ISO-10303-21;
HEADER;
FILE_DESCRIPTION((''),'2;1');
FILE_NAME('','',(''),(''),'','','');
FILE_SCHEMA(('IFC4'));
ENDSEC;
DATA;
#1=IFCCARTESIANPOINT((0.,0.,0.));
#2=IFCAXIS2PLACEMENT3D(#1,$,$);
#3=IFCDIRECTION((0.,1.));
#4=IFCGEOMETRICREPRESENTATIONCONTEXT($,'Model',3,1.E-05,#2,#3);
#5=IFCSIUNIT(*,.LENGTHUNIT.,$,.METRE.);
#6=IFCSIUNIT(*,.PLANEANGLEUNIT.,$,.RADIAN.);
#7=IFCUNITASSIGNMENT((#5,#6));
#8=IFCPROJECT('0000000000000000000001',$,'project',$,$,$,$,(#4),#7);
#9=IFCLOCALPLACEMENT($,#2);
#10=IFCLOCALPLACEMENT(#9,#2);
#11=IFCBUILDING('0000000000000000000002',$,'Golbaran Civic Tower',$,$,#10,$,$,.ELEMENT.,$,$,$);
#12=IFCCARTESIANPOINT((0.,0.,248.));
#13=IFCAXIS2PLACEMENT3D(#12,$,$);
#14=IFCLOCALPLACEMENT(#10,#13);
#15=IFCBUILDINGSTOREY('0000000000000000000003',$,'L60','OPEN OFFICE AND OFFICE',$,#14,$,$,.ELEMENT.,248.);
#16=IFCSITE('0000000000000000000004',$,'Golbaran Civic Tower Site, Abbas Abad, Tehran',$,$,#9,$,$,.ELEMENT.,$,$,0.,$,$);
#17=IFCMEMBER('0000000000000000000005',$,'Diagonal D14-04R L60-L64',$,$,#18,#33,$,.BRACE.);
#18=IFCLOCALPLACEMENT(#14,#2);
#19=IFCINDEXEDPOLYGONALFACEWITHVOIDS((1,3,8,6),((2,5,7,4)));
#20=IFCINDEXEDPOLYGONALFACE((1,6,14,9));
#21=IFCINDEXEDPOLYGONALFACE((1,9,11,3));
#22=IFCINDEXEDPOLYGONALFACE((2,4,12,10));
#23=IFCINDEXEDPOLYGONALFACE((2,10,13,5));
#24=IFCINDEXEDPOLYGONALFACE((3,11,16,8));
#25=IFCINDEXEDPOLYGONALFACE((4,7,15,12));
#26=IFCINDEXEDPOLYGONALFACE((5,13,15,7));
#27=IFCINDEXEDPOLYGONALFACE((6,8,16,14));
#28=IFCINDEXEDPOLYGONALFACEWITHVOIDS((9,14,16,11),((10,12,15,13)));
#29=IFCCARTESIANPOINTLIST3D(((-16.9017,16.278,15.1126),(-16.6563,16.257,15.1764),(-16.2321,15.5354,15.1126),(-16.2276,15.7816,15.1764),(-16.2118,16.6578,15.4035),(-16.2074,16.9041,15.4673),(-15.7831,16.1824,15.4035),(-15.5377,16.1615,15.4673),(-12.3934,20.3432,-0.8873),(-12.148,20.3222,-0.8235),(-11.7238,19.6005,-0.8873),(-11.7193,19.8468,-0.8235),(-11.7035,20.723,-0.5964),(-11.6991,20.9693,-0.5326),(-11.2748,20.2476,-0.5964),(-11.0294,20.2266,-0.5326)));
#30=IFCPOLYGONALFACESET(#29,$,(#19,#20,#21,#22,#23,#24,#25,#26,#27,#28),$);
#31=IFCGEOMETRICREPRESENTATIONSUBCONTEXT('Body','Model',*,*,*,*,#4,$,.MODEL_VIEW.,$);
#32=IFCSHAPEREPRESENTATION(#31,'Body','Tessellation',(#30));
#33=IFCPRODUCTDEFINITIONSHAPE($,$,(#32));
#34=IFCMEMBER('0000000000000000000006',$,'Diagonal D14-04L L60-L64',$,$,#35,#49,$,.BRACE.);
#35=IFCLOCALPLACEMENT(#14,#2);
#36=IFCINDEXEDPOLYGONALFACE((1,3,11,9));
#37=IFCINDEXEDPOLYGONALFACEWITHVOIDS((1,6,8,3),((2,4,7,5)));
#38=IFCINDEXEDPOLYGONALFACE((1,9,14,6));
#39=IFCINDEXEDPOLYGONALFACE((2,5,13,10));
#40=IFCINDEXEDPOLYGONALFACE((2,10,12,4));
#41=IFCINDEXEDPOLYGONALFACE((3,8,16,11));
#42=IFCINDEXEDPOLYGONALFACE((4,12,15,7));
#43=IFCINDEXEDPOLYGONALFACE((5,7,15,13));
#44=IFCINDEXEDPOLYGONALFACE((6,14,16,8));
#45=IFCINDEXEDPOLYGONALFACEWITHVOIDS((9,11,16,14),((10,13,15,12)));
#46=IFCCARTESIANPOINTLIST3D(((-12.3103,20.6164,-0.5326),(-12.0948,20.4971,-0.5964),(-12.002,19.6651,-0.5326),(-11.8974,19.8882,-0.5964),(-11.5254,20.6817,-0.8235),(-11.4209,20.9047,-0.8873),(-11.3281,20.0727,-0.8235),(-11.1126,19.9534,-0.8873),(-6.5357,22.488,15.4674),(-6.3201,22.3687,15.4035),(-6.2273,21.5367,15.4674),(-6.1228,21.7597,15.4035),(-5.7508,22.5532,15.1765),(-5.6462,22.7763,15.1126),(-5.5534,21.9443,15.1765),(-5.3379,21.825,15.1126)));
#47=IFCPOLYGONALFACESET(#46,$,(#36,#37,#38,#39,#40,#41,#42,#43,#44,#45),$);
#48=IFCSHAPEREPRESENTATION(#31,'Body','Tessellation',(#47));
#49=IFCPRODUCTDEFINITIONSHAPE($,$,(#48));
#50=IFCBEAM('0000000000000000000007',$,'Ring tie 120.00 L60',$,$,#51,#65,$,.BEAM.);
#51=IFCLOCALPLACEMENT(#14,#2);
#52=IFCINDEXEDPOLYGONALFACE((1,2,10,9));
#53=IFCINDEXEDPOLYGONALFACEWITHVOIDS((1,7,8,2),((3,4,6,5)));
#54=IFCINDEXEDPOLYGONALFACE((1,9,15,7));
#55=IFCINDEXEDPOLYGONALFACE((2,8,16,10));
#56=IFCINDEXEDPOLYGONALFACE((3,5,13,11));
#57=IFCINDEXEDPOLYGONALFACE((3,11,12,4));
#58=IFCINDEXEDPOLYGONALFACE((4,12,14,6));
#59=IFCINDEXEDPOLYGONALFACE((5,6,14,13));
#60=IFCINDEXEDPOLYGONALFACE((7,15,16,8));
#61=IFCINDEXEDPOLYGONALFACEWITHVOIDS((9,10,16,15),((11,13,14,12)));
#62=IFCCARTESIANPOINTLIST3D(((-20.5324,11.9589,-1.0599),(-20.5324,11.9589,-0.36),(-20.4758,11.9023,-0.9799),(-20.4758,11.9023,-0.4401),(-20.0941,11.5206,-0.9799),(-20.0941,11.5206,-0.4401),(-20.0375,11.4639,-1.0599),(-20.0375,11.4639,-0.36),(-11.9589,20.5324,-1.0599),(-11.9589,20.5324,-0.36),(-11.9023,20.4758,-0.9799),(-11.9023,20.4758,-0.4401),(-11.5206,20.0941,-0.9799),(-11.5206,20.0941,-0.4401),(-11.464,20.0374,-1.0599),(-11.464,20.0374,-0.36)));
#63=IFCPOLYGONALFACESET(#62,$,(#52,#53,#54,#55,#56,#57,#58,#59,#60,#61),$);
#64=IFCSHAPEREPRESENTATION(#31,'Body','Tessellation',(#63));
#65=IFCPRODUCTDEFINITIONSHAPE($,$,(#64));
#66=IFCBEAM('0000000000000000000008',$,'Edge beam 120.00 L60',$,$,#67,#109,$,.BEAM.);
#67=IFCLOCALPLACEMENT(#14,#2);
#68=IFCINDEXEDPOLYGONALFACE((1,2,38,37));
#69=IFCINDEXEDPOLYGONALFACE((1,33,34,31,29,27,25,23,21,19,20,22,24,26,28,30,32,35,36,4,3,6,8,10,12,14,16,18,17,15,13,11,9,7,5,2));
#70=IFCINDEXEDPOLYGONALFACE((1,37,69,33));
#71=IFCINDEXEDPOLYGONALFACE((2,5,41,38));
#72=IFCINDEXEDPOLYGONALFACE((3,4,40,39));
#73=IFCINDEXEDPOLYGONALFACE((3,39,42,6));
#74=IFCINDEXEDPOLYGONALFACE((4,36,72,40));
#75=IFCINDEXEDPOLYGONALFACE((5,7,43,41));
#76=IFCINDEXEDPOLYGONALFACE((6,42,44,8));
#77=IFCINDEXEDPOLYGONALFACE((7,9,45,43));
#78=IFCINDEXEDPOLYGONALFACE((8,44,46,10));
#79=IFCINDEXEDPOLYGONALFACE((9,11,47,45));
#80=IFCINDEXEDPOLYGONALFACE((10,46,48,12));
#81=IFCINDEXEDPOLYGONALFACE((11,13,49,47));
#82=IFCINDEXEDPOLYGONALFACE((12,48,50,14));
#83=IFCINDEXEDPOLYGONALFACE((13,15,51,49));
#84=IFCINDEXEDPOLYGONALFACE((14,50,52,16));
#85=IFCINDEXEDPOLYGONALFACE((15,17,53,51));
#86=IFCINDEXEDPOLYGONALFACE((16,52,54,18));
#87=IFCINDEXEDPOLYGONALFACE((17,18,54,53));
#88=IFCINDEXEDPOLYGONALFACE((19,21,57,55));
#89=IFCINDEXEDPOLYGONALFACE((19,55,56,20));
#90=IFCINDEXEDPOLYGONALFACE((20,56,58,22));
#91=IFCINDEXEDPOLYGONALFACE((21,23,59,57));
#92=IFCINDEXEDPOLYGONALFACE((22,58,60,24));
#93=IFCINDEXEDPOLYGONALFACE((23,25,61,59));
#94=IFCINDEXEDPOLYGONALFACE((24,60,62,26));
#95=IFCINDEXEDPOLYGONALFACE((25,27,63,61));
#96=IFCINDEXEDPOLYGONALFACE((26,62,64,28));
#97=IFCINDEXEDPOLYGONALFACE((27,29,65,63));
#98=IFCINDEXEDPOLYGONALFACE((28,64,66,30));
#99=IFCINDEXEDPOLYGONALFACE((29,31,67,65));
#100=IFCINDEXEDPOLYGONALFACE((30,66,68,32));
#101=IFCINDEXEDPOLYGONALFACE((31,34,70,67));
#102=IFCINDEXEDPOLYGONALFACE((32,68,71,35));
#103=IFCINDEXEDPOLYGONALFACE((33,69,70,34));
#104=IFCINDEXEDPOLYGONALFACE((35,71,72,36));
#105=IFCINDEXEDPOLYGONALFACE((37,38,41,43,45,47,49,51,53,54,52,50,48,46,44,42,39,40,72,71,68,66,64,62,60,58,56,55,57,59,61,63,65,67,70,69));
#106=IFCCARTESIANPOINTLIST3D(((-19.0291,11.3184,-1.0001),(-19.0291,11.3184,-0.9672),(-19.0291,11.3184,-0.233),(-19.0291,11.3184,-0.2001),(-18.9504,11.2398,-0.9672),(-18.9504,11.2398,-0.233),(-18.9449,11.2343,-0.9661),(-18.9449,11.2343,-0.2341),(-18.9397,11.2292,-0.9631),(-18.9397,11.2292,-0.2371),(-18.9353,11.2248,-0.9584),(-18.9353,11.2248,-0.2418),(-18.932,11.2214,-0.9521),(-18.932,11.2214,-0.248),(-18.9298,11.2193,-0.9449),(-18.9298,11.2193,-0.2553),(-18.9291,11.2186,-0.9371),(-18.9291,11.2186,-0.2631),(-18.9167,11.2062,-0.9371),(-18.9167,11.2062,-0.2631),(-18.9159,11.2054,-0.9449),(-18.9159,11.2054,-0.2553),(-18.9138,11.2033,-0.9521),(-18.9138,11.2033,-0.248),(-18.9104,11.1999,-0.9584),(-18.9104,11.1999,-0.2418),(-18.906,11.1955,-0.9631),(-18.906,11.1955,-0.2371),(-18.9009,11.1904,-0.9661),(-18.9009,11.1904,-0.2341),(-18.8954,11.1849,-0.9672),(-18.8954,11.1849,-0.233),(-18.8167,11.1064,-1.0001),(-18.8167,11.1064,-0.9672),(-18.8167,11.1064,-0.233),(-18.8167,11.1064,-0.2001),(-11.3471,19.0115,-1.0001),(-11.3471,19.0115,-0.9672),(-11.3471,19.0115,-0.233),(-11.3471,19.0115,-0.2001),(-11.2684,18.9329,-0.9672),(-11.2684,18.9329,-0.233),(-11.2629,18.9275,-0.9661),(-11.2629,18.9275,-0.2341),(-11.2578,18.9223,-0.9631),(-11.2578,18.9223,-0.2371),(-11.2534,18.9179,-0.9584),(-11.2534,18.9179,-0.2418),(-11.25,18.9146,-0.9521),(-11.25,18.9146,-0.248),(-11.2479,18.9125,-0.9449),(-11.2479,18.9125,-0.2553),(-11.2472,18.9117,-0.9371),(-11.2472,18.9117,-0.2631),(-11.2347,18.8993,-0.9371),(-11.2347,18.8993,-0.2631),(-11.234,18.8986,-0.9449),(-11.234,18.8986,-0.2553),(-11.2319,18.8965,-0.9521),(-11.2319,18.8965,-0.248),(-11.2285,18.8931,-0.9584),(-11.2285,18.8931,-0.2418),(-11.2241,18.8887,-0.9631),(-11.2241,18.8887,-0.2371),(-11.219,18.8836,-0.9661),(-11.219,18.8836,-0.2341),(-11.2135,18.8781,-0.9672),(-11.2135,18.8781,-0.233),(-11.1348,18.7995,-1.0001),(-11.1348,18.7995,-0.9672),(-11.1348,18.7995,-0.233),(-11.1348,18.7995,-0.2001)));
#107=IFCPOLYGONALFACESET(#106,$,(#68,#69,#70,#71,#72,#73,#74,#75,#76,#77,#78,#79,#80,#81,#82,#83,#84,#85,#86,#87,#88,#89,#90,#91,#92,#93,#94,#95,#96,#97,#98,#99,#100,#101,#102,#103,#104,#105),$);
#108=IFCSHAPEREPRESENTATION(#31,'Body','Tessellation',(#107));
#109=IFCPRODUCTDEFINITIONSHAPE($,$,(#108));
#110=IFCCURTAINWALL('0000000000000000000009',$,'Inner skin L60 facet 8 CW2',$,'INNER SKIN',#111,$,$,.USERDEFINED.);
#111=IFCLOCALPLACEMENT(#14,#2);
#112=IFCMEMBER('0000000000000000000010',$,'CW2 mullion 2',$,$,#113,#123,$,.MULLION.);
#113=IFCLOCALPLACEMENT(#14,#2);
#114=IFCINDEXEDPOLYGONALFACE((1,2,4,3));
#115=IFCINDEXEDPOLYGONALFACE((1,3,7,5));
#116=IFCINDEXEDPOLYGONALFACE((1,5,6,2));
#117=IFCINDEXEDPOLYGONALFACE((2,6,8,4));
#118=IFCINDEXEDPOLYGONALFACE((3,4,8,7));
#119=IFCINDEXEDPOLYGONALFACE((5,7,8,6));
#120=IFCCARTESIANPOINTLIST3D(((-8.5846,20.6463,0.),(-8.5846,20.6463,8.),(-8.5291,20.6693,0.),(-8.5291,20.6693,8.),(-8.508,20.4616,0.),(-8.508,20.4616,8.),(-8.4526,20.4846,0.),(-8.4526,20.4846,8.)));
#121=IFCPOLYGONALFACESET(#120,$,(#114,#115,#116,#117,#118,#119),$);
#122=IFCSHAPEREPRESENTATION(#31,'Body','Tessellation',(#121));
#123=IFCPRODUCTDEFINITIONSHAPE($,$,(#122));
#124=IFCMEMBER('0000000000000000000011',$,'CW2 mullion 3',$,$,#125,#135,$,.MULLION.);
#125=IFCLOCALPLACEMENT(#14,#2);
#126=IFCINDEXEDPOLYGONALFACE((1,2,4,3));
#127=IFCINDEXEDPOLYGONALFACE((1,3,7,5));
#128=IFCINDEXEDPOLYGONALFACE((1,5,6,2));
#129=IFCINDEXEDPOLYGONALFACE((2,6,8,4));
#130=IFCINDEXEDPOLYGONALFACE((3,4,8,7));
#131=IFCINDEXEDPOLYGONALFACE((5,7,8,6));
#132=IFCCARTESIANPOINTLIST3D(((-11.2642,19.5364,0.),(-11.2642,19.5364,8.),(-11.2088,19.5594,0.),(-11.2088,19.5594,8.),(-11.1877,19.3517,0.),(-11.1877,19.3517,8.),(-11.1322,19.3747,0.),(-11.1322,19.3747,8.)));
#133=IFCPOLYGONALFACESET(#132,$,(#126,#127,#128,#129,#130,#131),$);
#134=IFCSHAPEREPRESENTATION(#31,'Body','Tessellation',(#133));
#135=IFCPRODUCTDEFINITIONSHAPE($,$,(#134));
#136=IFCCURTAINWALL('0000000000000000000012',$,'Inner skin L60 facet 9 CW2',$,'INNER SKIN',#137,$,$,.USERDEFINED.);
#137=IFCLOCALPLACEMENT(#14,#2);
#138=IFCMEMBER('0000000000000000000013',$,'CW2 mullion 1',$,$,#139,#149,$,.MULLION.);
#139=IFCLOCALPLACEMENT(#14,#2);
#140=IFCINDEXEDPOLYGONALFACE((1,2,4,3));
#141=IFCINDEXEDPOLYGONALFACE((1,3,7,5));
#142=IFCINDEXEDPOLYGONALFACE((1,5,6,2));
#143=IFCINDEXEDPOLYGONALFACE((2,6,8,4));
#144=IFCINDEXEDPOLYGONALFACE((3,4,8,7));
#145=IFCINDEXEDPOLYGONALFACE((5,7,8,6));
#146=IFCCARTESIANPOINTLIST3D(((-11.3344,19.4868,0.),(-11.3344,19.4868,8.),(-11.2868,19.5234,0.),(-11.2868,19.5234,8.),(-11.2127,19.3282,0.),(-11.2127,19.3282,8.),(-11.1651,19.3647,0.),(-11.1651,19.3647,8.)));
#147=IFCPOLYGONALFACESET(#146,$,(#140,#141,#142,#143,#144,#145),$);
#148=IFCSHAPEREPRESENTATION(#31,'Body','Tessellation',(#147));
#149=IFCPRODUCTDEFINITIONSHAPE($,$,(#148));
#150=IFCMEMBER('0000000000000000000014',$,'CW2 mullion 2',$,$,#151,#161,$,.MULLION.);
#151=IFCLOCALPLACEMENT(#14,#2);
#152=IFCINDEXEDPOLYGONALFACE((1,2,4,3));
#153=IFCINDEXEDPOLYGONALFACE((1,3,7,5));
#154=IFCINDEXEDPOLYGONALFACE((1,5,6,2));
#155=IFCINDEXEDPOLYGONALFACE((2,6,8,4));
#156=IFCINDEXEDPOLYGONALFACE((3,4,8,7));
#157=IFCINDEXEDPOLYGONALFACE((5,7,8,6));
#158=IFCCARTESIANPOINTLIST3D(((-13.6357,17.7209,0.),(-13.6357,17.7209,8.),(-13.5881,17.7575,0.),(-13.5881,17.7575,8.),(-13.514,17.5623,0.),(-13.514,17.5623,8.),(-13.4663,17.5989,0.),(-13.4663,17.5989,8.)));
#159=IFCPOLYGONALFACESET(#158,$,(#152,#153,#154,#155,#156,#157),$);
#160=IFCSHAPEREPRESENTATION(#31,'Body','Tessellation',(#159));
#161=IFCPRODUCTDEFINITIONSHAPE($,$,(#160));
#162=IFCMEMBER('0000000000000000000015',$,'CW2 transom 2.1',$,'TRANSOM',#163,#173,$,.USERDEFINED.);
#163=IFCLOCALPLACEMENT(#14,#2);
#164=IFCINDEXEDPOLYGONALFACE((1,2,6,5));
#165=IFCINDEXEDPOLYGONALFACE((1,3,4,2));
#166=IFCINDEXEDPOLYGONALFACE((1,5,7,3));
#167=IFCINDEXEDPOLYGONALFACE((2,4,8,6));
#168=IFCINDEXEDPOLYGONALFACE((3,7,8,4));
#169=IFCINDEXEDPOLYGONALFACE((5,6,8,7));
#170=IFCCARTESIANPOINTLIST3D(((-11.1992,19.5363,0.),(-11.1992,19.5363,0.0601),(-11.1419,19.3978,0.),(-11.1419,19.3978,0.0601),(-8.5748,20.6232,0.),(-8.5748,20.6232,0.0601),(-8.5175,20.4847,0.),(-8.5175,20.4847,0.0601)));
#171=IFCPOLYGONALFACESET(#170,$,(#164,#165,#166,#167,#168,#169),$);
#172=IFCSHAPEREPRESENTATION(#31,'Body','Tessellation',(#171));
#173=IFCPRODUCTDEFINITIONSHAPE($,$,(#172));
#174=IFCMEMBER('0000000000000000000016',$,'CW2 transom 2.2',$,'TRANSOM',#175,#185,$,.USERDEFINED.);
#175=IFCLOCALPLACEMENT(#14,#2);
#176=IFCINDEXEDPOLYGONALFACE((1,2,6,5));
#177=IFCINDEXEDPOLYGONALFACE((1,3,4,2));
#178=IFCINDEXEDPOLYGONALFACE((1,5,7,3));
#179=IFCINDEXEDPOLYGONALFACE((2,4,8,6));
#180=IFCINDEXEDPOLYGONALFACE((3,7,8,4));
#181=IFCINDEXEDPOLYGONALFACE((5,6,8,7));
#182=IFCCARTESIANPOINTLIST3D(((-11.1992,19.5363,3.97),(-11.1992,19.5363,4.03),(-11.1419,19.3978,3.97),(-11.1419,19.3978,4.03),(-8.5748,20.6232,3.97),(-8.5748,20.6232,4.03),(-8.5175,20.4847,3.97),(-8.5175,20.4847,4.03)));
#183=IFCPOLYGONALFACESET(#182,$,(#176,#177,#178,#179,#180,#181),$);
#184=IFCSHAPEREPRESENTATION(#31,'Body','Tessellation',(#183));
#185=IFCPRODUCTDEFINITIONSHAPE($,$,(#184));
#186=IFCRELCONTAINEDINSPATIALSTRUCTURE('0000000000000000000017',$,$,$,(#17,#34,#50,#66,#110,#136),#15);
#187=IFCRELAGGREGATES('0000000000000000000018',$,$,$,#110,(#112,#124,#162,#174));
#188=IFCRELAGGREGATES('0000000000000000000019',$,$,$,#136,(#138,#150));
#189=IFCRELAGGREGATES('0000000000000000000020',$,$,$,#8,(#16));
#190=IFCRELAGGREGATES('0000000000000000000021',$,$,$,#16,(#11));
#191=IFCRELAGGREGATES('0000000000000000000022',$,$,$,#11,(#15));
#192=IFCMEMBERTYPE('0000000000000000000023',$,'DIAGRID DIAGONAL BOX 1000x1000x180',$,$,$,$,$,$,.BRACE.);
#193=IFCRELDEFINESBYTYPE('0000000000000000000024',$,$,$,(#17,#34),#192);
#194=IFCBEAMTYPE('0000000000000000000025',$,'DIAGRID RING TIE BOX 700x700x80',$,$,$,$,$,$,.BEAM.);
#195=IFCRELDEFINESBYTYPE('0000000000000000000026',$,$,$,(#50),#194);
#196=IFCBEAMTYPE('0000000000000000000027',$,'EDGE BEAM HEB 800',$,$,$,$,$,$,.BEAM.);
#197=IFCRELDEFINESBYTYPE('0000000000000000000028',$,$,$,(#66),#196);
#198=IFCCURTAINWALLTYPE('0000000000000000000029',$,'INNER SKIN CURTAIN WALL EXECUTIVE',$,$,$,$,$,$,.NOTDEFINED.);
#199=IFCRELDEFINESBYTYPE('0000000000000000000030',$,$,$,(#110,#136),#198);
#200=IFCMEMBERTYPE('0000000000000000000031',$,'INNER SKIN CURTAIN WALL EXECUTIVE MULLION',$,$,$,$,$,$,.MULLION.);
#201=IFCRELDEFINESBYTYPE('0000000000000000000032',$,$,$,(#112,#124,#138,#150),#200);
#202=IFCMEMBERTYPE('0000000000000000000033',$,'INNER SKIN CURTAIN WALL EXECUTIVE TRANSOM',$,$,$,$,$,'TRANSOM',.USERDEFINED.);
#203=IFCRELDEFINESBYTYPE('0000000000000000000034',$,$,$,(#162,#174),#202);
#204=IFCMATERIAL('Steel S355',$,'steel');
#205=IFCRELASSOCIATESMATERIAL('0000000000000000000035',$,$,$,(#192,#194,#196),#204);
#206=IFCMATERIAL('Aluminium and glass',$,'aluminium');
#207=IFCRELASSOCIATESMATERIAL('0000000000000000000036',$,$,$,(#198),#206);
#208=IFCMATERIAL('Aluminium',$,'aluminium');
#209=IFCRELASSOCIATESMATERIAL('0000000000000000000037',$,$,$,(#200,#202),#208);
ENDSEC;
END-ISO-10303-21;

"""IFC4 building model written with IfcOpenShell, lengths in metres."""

from ifc_helpers import new_model, si_unit, direction, frame, origin, origin_2d, place, context, subcontext, project, spatial, rectangle, hollow_rectangle, i_section, extrude, material, material_profile, profile_set, type_object, element, aggregate, save


model = new_model("IFC4")

# Units and contexts
model_context = context("Model", 3, precision=1e-05, world=origin(), true_north=direction((0.0, 1.0)))
body_context = subcontext(model_context, "Body", "Model", "MODEL_VIEW")
ifc_project = project(units=[si_unit("LENGTHUNIT", "METRE"), si_unit("PLANEANGLEUNIT", "RADIAN")], contexts=[model_context])

# Site, building, storey
site_placement = place(None, origin())
site = spatial("IfcSite", under=ifc_project, at=site_placement, Name="Golbaran Civic Tower Site, Abbas Abad, Tehran", CompositionType="ELEMENT", RefElevation=0.0)
building_placement = place(site_placement, origin())
building = spatial("IfcBuilding", under=site, at=building_placement, Name="Golbaran Civic Tower", CompositionType="ELEMENT")
storey_placement = place(building_placement, frame((0.0, 0.0, 248.0)))
storey = spatial("IfcBuildingStorey", under=building, at=storey_placement, Name="L60", Description="OPEN OFFICE AND OFFICE", CompositionType="ELEMENT", Elevation=248.0)

# Members
ifc_material_1 = material(Name="Steel S355", Category="steel")
ifc_material_profile_1 = material_profile(ifc_material_1, hollow_rectangle(XDim=1.0, YDim=1.0, WallThickness=0.1799, at=origin_2d()), Name="BOX 1000x1000x180")
ifc_profile_set_1 = profile_set([ifc_material_profile_1], Name="Steel S355")
member_type_1 = type_object("IfcMemberType", Name="DIAGRID DIAGONAL BOX 1000x1000x180", PredefinedType="BRACE", material=ifc_profile_set_1)
for number, where, z_axis, x_axis, name in (
    (1, (-11.7114, 20.2849, -0.71), (-0.263445, -0.237551, 0.934969), (0.669667, -0.742662, 0.0), "Diagonal D14-04R L60-L64"),
    (2, (-11.7114, 20.2849, -0.71), (0.337446, 0.109367, 0.93497), (-0.308314, 0.951285, 0.0), "Diagonal D14-04L L60-L64"),
):
    element("IfcMember", number, at=place(storey_placement, frame(where, z_axis=z_axis, x_axis=x_axis)), inside=storey, type_object=member_type_1, Name=name, PredefinedType="BRACE", context=body_context, shape_type="SweptSolid", body=[
        extrude(hollow_rectangle(XDim=1.0, YDim=1.0, WallThickness=0.1799, at=origin_2d()), origin(), (0.0, 0.0, 1.0), 17.1128),
    ])

# Beams
ifc_material_profile_2 = material_profile(ifc_material_1, hollow_rectangle(XDim=0.7, YDim=0.7, WallThickness=0.0801, at=origin_2d()), Name="BOX 700x700x80")
ifc_profile_set_2 = profile_set([ifc_material_profile_2], Name="Steel S355")
beam_type_1 = type_object("IfcBeamType", Name="DIAGRID RING TIE BOX 700x700x80", PredefinedType="BEAM", material=ifc_profile_set_2)
beam_1_placement = place(storey_placement, frame((-11.7114, 20.2849, -0.71), z_axis=(-0.707107, -0.707107, 0.0), x_axis=(0.707107, -0.707107, 0.0)))
element("IfcBeam", 3, at=beam_1_placement, inside=storey, type_object=beam_type_1, Name="Ring tie 120.00 L60", PredefinedType="BEAM", context=body_context, shape_type="SweptSolid", body=[
    extrude(hollow_rectangle(XDim=0.7, YDim=0.7, WallThickness=0.0801, at=origin_2d()), origin(), (0.0, 0.0, 1.0), 12.1248),
])
ifc_material_profile_3 = material_profile(ifc_material_1, i_section(OverallWidth=0.3, OverallDepth=0.8, WebThickness=0.0176, FlangeThickness=0.033, FilletRadius=0.03, at=origin_2d()), Name="HEB 800")
ifc_profile_set_3 = profile_set([ifc_material_profile_3], Name="Steel S355")
beam_type_2 = type_object("IfcBeamType", Name="EDGE BEAM HEB 800", PredefinedType="BEAM", material=ifc_profile_set_3)
beam_2_placement = place(storey_placement, frame((-11.241, 18.9055, -0.6001), z_axis=(-0.70659, -0.707623, 0.0), x_axis=(0.707623, -0.70659, 0.0)))
element("IfcBeam", 4, at=beam_2_placement, inside=storey, type_object=beam_type_2, Name="Edge beam 120.00 L60", PredefinedType="BEAM", context=body_context, shape_type="SweptSolid", body=[
    extrude(i_section(OverallWidth=0.3, OverallDepth=0.8, WebThickness=0.0176, FlangeThickness=0.033, FilletRadius=0.03, at=origin_2d()), origin(), (0.0, 0.0, 1.0), 10.8718),
])

# Curtain walls, members
ifc_material_2 = material(Name="Aluminium and glass", Category="aluminium")
curtain_wall_type = type_object("IfcCurtainWallType", Name="INNER SKIN CURTAIN WALL EXECUTIVE", PredefinedType="NOTDEFINED", material=ifc_material_2)
curtain_wall_1_placement = place(storey_placement, origin())
curtain_wall_1 = element("IfcCurtainWall", 5, at=curtain_wall_1_placement, inside=storey, type_object=curtain_wall_type, Name="Inner skin L60 facet 8 CW2", ObjectType="INNER SKIN", PredefinedType="USERDEFINED")
ifc_material_3 = material(Name="Aluminium", Category="aluminium")
ifc_material_profile_4 = material_profile(ifc_material_3, rectangle(XDim=0.2, YDim=0.0601, at=origin_2d()), Name="INNER SKIN CURTAIN WALL EXECUTIVE MULLION")
ifc_profile_set_4 = profile_set([ifc_material_profile_4], Name="Aluminium")
member_type_2 = type_object("IfcMemberType", Name="INNER SKIN CURTAIN WALL EXECUTIVE MULLION", PredefinedType="MULLION", material=ifc_profile_set_4)
member_1_placement = place(storey_placement, frame((-8.5186, 20.5654, 0.0), z_axis=(0.0, 0.0, 1.0), x_axis=(0.382683, -0.92388, 0.0)))
member_1 = element("IfcMember", 6, at=member_1_placement, type_object=member_type_2, Name="CW2 mullion 2", PredefinedType="MULLION", context=body_context, shape_type="SweptSolid", body=[
    extrude(rectangle(XDim=0.2, YDim=0.0601, at=origin_2d()), origin(), (0.0, 0.0, 1.0), 8.0),
])
member_2_placement = place(storey_placement, frame((-11.1982, 19.4556, 0.0), z_axis=(0.0, 0.0, 1.0), x_axis=(0.382683, -0.92388, 0.0)))
member_2 = element("IfcMember", 7, at=member_2_placement, type_object=member_type_2, Name="CW2 mullion 3", PredefinedType="MULLION", context=body_context, shape_type="SweptSolid", body=[
    extrude(rectangle(XDim=0.2, YDim=0.0601, at=origin_2d()), origin(), (0.0, 0.0, 1.0), 8.0),
])
curtain_wall_2_placement = place(storey_placement, origin())
curtain_wall_2 = element("IfcCurtainWall", 8, at=curtain_wall_2_placement, inside=storey, type_object=curtain_wall_type, Name="Inner skin L60 facet 9 CW2", ObjectType="INNER SKIN", PredefinedType="USERDEFINED")
member_3_placement = place(storey_placement, frame((-11.2498, 19.4258, 0.0), z_axis=(0.0, 0.0, 1.0), x_axis=(0.608761, -0.793353, 0.0)))
member_3 = element("IfcMember", 9, at=member_3_placement, type_object=member_type_2, Name="CW2 mullion 1", PredefinedType="MULLION", context=body_context, shape_type="SweptSolid", body=[
    extrude(rectangle(XDim=0.2, YDim=0.0601, at=origin_2d()), origin(), (0.0, 0.0, 1.0), 8.0),
])
member_4_placement = place(storey_placement, frame((-13.551, 17.6599, 0.0), z_axis=(0.0, 0.0, 1.0), x_axis=(0.608761, -0.793353, 0.0)))
member_4 = element("IfcMember", 10, at=member_4_placement, type_object=member_type_2, Name="CW2 mullion 2", PredefinedType="MULLION", context=body_context, shape_type="SweptSolid", body=[
    extrude(rectangle(XDim=0.2, YDim=0.0601, at=origin_2d()), origin(), (0.0, 0.0, 1.0), 8.0),
])

# Members
ifc_material_profile_5 = material_profile(ifc_material_3, rectangle(XDim=0.1499, YDim=0.0601, at=origin_2d()), Name="INNER SKIN CURTAIN WALL EXECUTIVE TRANSOM")
ifc_profile_set_5 = profile_set([ifc_material_profile_5], Name="Aluminium")
member_type_3 = type_object("IfcMemberType", Name="INNER SKIN CURTAIN WALL EXECUTIVE TRANSOM", ElementType="TRANSOM", PredefinedType="USERDEFINED", material=ifc_profile_set_5)
member_5_placement = place(storey_placement, frame((-8.5461, 20.554, 0.03), z_axis=(-0.923904, -0.382625, 0.0), x_axis=(0.382625, -0.923904, 0.0)))
member_5 = element("IfcMember", 11, at=member_5_placement, type_object=member_type_3, Name="CW2 transom 2.1", ObjectType="TRANSOM", PredefinedType="USERDEFINED", context=body_context, shape_type="SweptSolid", body=[
    extrude(rectangle(XDim=0.1499, YDim=0.0601, at=origin_2d()), origin(), (0.0, 0.0, 1.0), 2.8406),
])
member_6_placement = place(storey_placement, frame((-8.5461, 20.554, 4.0), z_axis=(-0.923904, -0.382625, 0.0), x_axis=(0.382625, -0.923904, 0.0)))
member_6 = element("IfcMember", 12, at=member_6_placement, type_object=member_type_3, Name="CW2 transom 2.2", ObjectType="TRANSOM", PredefinedType="USERDEFINED", context=body_context, shape_type="SweptSolid", body=[
    extrude(rectangle(XDim=0.1499, YDim=0.0601, at=origin_2d()), origin(), (0.0, 0.0, 1.0), 2.8406),
])

aggregate(curtain_wall_1, [member_1, member_2, member_5, member_6])
aggregate(curtain_wall_2, [member_3, member_4])

save(model, "model.ifc")
